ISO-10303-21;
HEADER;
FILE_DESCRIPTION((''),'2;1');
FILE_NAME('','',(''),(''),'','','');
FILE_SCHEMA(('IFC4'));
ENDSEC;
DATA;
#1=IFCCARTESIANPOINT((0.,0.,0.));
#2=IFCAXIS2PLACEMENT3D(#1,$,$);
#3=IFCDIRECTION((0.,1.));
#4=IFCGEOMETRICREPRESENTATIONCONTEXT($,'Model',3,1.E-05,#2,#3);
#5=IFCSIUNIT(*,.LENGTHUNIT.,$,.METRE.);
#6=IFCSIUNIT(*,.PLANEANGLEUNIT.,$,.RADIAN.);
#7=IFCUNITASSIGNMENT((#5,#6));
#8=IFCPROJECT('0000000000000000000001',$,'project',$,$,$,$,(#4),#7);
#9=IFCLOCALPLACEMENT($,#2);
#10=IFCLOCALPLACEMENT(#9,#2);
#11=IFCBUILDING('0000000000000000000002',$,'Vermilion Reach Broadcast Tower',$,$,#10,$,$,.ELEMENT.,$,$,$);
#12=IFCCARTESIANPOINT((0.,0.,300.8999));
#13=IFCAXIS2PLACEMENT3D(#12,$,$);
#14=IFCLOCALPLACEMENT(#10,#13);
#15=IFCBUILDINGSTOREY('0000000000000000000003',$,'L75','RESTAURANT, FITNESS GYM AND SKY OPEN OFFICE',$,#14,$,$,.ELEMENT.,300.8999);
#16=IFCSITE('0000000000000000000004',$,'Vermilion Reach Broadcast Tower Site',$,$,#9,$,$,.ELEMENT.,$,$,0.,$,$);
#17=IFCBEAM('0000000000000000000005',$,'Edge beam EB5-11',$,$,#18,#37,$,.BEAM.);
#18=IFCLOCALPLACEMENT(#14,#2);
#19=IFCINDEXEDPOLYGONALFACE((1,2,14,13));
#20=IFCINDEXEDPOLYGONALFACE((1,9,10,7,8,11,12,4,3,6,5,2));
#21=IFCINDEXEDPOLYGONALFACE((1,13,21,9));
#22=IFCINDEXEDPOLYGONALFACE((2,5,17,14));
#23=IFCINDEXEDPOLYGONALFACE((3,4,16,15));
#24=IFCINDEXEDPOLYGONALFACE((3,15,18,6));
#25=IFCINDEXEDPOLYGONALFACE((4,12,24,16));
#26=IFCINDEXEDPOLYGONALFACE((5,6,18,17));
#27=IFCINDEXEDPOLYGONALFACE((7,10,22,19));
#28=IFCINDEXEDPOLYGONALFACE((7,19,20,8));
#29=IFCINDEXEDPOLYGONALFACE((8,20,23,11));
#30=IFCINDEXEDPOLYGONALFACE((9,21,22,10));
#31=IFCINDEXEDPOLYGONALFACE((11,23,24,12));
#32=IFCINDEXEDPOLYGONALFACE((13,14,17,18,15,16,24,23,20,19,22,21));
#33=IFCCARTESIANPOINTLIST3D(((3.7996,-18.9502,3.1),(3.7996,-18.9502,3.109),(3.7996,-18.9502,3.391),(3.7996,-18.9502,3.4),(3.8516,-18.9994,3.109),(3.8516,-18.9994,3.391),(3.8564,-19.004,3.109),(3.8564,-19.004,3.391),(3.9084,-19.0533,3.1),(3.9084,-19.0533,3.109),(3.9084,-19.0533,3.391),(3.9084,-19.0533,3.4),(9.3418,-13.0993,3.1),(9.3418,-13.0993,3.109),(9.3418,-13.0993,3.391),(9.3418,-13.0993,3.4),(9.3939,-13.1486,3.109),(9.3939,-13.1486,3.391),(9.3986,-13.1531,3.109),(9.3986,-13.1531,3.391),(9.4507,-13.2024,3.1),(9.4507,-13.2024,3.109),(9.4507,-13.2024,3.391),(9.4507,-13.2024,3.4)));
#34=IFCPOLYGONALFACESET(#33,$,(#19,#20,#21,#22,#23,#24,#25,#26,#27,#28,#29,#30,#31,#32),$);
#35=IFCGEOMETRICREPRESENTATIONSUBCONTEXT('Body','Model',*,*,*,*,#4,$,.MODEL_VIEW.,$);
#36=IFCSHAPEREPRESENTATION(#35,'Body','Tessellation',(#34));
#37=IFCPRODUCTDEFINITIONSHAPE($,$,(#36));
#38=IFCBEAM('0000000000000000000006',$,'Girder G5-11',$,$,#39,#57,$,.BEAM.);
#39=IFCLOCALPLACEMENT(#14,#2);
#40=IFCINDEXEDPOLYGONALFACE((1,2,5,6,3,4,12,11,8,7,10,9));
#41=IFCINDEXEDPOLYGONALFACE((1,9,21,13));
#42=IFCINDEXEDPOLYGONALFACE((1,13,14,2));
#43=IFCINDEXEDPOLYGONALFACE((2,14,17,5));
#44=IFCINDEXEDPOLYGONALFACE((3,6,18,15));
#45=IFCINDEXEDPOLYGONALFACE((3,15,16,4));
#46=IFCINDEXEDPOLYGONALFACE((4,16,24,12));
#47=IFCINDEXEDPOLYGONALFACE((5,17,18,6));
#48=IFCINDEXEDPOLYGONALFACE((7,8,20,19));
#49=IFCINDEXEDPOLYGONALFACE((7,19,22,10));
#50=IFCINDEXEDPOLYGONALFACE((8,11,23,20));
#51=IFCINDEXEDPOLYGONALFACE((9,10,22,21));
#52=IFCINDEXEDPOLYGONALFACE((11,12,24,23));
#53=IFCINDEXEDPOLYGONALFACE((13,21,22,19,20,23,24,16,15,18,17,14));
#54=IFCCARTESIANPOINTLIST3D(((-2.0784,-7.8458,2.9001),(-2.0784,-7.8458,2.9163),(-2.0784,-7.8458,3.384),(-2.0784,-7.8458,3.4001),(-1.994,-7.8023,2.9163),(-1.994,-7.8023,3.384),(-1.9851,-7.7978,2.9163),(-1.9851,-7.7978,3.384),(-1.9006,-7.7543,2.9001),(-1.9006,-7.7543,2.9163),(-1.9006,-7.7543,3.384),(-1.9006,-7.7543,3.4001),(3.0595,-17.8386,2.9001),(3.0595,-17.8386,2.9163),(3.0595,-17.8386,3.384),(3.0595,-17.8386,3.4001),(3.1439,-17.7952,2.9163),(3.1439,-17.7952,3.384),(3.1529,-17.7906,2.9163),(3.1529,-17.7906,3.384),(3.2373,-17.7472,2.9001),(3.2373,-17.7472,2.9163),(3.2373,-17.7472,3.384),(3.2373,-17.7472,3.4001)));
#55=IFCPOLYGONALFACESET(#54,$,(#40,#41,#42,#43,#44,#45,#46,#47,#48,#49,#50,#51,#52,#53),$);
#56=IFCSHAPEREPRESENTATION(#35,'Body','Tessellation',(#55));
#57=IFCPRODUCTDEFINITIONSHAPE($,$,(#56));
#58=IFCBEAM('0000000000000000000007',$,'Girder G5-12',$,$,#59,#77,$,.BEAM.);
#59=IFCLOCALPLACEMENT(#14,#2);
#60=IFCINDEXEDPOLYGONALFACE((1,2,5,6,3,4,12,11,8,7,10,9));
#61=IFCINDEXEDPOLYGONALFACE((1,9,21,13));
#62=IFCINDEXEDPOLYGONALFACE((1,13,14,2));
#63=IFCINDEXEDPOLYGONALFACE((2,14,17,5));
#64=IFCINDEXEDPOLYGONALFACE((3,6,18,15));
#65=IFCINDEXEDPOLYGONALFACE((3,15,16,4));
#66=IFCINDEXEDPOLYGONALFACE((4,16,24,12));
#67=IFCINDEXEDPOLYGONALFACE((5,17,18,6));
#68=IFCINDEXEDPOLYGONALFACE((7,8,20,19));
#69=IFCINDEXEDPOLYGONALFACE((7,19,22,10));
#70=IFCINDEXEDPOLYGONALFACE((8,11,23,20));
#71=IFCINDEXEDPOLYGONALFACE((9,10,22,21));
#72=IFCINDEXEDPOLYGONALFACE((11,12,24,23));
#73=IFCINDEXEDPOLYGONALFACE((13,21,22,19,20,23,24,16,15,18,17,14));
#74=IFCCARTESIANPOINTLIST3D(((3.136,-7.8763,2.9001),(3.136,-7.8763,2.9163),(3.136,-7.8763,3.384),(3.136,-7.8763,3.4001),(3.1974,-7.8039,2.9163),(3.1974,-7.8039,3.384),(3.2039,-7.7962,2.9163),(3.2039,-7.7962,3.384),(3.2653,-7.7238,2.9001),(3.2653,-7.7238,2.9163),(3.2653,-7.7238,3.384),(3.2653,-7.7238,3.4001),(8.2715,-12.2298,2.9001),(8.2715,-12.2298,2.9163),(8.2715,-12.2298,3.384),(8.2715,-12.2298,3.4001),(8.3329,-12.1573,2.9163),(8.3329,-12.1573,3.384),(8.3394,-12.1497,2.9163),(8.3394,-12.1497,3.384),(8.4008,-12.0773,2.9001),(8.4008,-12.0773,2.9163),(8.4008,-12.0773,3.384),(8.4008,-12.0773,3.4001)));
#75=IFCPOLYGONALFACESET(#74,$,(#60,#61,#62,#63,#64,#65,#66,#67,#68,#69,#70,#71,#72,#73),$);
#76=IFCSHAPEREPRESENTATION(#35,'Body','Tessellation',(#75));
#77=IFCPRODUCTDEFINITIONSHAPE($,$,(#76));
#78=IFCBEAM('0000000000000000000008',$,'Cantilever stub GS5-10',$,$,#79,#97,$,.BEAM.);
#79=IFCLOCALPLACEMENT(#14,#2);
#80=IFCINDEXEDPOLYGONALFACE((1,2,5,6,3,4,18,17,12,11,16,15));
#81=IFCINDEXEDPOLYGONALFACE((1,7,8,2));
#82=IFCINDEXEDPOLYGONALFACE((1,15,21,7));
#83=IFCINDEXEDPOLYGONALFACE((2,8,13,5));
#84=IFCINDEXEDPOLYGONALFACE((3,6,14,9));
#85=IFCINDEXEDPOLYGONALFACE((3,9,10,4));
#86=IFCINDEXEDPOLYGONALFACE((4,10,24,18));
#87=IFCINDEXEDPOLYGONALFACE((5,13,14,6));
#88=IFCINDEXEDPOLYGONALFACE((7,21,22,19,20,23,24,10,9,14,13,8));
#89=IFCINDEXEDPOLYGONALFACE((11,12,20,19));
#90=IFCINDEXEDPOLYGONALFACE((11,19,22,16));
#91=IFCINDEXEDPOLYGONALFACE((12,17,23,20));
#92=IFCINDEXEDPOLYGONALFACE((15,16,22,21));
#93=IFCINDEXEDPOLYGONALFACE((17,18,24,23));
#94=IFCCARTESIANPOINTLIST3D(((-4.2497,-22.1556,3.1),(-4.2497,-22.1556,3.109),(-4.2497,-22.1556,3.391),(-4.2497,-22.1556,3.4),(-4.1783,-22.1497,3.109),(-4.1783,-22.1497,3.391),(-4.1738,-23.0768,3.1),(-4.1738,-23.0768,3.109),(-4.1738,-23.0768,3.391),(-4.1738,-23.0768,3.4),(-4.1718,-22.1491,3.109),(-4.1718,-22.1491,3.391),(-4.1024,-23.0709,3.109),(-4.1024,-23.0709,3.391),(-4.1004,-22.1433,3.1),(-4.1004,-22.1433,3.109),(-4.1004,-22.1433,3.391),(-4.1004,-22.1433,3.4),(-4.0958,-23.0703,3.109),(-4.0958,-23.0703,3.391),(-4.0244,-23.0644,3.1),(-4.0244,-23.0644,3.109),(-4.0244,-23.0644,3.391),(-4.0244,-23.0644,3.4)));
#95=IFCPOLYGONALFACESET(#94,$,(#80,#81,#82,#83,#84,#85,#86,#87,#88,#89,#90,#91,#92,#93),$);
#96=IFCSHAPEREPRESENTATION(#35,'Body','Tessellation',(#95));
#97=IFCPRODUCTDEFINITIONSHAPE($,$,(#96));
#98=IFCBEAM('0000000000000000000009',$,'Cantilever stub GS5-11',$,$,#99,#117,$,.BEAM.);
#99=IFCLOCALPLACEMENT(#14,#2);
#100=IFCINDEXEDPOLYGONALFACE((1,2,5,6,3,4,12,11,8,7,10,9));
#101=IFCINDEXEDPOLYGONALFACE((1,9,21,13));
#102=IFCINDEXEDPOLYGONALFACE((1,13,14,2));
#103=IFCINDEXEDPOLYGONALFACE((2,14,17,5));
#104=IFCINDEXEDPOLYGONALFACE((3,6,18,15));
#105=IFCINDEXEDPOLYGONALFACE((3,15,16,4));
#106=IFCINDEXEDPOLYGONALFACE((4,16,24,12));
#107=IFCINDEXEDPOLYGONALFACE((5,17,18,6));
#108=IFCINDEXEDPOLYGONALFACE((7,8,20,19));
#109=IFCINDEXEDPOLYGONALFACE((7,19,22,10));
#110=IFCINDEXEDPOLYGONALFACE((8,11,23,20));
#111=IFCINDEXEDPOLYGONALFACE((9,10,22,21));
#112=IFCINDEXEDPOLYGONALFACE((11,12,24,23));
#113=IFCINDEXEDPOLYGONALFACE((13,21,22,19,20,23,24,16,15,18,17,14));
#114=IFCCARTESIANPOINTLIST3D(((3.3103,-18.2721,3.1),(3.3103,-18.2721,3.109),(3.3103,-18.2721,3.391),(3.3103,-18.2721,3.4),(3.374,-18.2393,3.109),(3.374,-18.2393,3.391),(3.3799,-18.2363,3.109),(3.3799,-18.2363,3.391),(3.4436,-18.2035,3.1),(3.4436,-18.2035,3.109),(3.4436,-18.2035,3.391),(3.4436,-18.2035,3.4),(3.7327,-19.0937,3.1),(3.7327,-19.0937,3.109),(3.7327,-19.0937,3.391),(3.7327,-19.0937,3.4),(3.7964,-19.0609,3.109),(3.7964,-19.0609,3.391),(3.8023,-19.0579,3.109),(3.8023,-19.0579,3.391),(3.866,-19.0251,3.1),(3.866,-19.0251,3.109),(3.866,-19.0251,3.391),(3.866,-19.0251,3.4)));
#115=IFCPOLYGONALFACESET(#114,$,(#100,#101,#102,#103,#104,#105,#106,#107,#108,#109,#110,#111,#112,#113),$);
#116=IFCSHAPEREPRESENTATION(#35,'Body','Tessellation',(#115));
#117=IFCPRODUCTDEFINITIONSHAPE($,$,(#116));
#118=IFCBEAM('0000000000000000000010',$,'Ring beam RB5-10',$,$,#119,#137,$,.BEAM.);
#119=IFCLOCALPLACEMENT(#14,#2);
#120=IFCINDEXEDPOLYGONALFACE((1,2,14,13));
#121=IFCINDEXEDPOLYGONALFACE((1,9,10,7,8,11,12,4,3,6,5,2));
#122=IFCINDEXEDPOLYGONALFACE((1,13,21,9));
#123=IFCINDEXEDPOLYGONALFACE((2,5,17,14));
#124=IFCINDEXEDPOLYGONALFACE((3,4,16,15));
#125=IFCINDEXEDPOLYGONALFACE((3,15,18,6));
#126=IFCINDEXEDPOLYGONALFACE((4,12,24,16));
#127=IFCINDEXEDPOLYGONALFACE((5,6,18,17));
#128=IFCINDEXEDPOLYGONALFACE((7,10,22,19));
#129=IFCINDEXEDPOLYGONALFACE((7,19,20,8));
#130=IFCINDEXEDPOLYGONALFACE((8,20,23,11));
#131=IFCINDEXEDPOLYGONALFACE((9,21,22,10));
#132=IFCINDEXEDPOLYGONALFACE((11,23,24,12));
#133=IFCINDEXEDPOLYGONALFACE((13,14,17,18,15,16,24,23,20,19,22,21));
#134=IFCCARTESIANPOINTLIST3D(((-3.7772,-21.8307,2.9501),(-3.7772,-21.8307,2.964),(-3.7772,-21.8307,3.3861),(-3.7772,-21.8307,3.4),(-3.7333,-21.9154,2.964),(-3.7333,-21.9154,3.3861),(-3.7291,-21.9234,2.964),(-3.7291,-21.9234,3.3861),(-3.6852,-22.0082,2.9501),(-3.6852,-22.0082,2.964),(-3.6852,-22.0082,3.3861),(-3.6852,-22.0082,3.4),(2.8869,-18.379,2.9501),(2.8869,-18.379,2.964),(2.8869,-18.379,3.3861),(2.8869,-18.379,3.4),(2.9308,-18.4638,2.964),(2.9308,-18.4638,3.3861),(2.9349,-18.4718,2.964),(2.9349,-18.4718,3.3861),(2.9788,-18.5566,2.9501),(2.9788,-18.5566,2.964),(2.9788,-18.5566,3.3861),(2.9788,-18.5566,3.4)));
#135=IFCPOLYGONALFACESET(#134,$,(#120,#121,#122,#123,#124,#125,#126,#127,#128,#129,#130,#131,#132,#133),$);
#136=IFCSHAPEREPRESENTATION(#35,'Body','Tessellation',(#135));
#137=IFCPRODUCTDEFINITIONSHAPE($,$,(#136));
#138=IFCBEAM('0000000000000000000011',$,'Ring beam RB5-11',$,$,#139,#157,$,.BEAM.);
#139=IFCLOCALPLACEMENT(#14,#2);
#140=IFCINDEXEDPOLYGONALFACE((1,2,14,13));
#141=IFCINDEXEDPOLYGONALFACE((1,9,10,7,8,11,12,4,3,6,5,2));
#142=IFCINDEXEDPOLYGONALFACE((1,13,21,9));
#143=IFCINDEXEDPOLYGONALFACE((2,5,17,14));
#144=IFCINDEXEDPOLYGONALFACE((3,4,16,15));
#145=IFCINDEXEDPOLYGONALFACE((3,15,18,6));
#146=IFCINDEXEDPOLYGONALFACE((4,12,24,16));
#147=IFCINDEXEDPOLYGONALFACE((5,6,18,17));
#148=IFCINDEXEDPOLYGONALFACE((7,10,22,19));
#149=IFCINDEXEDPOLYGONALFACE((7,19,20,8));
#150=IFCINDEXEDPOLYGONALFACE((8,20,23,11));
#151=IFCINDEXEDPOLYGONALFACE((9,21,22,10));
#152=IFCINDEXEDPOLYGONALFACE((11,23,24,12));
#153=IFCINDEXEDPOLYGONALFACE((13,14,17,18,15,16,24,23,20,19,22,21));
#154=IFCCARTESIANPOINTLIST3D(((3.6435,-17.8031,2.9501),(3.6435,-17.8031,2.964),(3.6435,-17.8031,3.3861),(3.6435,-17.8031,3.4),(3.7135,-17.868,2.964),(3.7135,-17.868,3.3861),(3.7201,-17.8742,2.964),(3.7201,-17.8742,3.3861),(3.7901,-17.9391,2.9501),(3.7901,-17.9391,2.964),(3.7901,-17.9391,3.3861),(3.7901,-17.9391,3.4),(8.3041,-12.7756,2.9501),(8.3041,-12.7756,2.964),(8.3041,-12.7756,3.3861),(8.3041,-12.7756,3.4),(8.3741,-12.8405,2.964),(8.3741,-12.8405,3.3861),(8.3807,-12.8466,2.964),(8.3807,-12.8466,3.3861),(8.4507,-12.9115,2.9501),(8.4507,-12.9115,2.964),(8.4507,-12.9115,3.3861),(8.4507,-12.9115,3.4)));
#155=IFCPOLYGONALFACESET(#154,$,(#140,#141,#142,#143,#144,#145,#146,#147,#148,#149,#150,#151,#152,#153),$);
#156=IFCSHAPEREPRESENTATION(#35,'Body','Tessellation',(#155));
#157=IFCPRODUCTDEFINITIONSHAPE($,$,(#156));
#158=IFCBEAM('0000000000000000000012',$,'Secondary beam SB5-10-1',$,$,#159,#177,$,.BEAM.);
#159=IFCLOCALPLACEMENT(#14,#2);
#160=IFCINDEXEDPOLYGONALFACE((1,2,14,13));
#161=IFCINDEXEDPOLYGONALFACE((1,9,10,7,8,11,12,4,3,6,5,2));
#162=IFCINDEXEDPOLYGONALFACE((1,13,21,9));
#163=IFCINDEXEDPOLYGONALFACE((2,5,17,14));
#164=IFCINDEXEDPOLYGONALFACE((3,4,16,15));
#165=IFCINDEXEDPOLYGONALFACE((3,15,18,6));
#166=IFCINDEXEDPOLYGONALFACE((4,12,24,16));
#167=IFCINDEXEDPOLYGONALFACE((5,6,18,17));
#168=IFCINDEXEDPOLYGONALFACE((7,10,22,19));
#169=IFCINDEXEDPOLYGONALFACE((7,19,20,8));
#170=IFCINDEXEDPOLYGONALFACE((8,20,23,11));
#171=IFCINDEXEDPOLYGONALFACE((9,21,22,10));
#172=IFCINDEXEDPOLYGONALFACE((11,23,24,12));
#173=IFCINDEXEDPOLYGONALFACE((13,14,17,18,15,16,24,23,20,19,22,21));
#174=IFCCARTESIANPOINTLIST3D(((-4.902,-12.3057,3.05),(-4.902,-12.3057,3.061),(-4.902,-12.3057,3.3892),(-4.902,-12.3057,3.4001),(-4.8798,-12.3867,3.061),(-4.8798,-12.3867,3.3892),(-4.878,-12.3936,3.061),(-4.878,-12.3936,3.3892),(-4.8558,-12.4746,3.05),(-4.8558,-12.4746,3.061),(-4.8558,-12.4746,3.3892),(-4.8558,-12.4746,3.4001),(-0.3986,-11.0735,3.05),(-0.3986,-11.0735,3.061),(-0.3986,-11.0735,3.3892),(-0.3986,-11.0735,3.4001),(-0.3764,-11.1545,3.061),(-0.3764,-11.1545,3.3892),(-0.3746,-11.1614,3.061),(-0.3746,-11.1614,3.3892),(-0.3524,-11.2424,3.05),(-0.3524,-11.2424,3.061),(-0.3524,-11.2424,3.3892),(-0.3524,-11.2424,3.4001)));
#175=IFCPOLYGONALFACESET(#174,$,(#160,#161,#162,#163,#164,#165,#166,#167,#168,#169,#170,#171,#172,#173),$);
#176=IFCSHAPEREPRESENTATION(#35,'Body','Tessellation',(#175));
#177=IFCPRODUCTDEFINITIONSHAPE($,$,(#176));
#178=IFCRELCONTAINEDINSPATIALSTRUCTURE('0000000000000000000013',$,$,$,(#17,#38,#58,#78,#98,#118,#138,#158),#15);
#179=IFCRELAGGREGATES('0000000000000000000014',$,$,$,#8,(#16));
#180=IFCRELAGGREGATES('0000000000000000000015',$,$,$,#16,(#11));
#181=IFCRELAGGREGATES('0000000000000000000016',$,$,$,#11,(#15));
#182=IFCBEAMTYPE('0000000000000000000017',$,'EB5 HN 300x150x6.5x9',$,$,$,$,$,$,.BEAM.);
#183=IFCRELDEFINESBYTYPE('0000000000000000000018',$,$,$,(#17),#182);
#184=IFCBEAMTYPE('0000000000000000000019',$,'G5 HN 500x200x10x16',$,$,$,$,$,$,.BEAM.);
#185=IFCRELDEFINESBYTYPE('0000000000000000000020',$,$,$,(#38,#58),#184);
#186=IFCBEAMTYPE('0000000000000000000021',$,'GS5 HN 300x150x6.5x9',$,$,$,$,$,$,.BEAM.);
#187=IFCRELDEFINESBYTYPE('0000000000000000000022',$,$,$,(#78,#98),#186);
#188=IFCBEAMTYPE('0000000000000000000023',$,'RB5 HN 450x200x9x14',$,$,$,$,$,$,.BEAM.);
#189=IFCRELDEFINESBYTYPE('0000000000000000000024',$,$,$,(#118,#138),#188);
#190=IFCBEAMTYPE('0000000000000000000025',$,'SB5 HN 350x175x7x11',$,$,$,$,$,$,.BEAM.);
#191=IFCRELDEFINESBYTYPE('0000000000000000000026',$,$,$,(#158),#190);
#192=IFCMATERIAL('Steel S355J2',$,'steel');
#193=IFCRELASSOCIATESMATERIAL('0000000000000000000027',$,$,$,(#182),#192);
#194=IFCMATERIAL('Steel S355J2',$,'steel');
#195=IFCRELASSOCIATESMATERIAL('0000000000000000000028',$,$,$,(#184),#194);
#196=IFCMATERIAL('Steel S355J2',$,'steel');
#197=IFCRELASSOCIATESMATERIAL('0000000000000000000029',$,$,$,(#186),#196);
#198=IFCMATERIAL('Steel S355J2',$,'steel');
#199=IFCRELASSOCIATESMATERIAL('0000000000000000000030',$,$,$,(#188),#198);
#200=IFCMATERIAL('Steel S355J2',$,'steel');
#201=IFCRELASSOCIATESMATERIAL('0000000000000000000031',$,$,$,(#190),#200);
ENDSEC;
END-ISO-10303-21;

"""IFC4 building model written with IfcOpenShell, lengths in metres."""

from ifc_helpers import new_model, si_unit, direction, frame, origin, origin_2d, place, context, subcontext, project, spatial, i_section, extrude, material, material_profile, profile_set, type_object, element, save


model = new_model("IFC4")

# Units and contexts
model_context = context("Model", 3, precision=1e-05, world=origin(), true_north=direction((0.0, 1.0)))
body_context = subcontext(model_context, "Body", "Model", "MODEL_VIEW")
ifc_project = project(units=[si_unit("LENGTHUNIT", "METRE"), si_unit("PLANEANGLEUNIT", "RADIAN")], contexts=[model_context])

# Site, building, storey
site_placement = place(None, origin())
site = spatial("IfcSite", under=ifc_project, at=site_placement, Name="Vermilion Reach Broadcast Tower Site", CompositionType="ELEMENT", RefElevation=0.0)
building_placement = place(site_placement, origin())
building = spatial("IfcBuilding", under=site, at=building_placement, Name="Vermilion Reach Broadcast Tower", CompositionType="ELEMENT")
storey_placement = place(building_placement, frame((0.0, 0.0, 300.8999)))
storey = spatial("IfcBuildingStorey", under=building, at=storey_placement, Name="L75", Description="RESTAURANT, FITNESS GYM AND SKY OPEN OFFICE", CompositionType="ELEMENT", Elevation=300.8999)

# Beams
ifc_material_1 = material(Name="Steel S355J2", Category="steel")
ifc_material_profile_1 = material_profile(ifc_material_1, i_section(OverallWidth=0.1499, OverallDepth=0.3, WebThickness=0.0066, FlangeThickness=0.009, at=origin_2d()), Name="S355J2 HN 300x150x6.5x9")
ifc_profile_set_1 = profile_set([ifc_material_profile_1], Name="Steel S355J2")
beam_type_1 = type_object("IfcBeamType", Name="EB5 HN 300x150x6.5x9", PredefinedType="BEAM", material=ifc_profile_set_1)
beam_1_placement = place(storey_placement, frame((3.854, -19.0017, 3.25), z_axis=(0.687702, 0.725993, 0.0), x_axis=(-0.725993, 0.687702, 0.0)))
element("IfcBeam", 1, at=beam_1_placement, inside=storey, type_object=beam_type_1, Name="Edge beam EB5-11", PredefinedType="BEAM", context=body_context, shape_type="SweptSolid", body=[
    extrude(i_section(OverallWidth=0.1499, OverallDepth=0.3, WebThickness=0.0066, FlangeThickness=0.009, at=origin_2d()), origin(), (0.0, 0.0, 1.0), 8.0591),
])
ifc_material_2 = material(Name="Steel S355J2", Category="steel")
ifc_material_profile_2 = material_profile(ifc_material_2, i_section(OverallWidth=0.2, OverallDepth=0.5, WebThickness=0.01, FlangeThickness=0.0161, at=origin_2d()), Name="S355J2 HN 500x200x10x16")
ifc_profile_set_2 = profile_set([ifc_material_profile_2], Name="Steel S355J2")
beam_type_2 = type_object("IfcBeamType", Name="G5 HN 500x200x10x16", PredefinedType="BEAM", material=ifc_profile_set_2)
beam_2_placement = place(storey_placement, frame((-1.9895, -7.8, 3.1501), z_axis=(0.457258, -0.889334, 0.0), x_axis=(0.889334, 0.457258, 0.0)))
element("IfcBeam", 2, at=beam_2_placement, inside=storey, type_object=beam_type_2, Name="Girder G5-11", PredefinedType="BEAM", context=body_context, shape_type="SweptSolid", body=[
    extrude(i_section(OverallWidth=0.2, OverallDepth=0.5, WebThickness=0.01, FlangeThickness=0.0161, at=origin_2d()), origin(), (0.0, 0.0, 1.0), 11.2363),
])
beam_3_placement = place(storey_placement, frame((3.2007, -7.8, 3.1501), z_axis=(0.762793, -0.646643, 0.0), x_axis=(0.646643, 0.762793, 0.0)))
element("IfcBeam", 3, at=beam_3_placement, inside=storey, type_object=beam_type_2, Name="Girder G5-12", PredefinedType="BEAM", context=body_context, shape_type="SweptSolid", body=[
    extrude(i_section(OverallWidth=0.2, OverallDepth=0.5, WebThickness=0.01, FlangeThickness=0.0161, at=origin_2d()), origin(), (0.0, 0.0, 1.0), 6.7324),
])
ifc_material_3 = material(Name="Steel S355J2", Category="steel")
ifc_material_profile_3 = material_profile(ifc_material_3, i_section(OverallWidth=0.1499, OverallDepth=0.3, WebThickness=0.0066, FlangeThickness=0.009, at=origin_2d()), Name="S355J2 HN 300x150x6.5x9")
ifc_profile_set_3 = profile_set([ifc_material_profile_3], Name="Steel S355J2")
beam_type_3 = type_object("IfcBeamType", Name="GS5 HN 300x150x6.5x9", PredefinedType="BEAM", material=ifc_profile_set_3)
beam_4_placement = place(storey_placement, frame((-4.175, -22.1494, 3.25), z_axis=(0.082149, -0.99662, 0.0), x_axis=(0.99662, 0.082149, 0.0)))
element("IfcBeam", 4, at=beam_4_placement, inside=storey, type_object=beam_type_3, Name="Cantilever stub GS5-10", PredefinedType="BEAM", context=body_context, shape_type="SweptSolid", body=[
    extrude(i_section(OverallWidth=0.1499, OverallDepth=0.3, WebThickness=0.0066, FlangeThickness=0.009, at=origin_2d()), origin(), (0.0, 0.0, 1.0), 0.9243),
])
beam_5_placement = place(storey_placement, frame((3.377, -18.2378, 3.25), z_axis=(0.457229, -0.889349, 0.0), x_axis=(0.889349, 0.457229, 0.0)))
element("IfcBeam", 5, at=beam_5_placement, inside=storey, type_object=beam_type_3, Name="Cantilever stub GS5-11", PredefinedType="BEAM", context=body_context, shape_type="SweptSolid", body=[
    extrude(i_section(OverallWidth=0.1499, OverallDepth=0.3, WebThickness=0.0066, FlangeThickness=0.009, at=origin_2d()), origin(), (0.0, 0.0, 1.0), 0.9238),
])
ifc_material_4 = material(Name="Steel S355J2", Category="steel")
ifc_material_profile_4 = material_profile(ifc_material_4, i_section(OverallWidth=0.2, OverallDepth=0.45, WebThickness=0.009, FlangeThickness=0.0139, at=origin_2d()), Name="S355J2 HN 450x200x9x14")
ifc_profile_set_4 = profile_set([ifc_material_profile_4], Name="Steel S355J2")
beam_type_4 = type_object("IfcBeamType", Name="RB5 HN 450x200x9x14", PredefinedType="BEAM", material=ifc_profile_set_4)
beam_6_placement = place(storey_placement, frame((-3.7312, -21.9194, 3.175), z_axis=(0.88796, 0.45992, 0.0), x_axis=(-0.45992, 0.88796, 0.0)))
element("IfcBeam", 6, at=beam_6_placement, inside=storey, type_object=beam_type_4, Name="Ring beam RB5-10", PredefinedType="BEAM", context=body_context, shape_type="SweptSolid", body=[
    extrude(i_section(OverallWidth=0.2, OverallDepth=0.45, WebThickness=0.009, FlangeThickness=0.0139, at=origin_2d()), origin(), (0.0, 0.0, 1.0), 7.5049),
])
beam_7_placement = place(storey_placement, frame((3.7168, -17.8711, 3.175), z_axis=(0.679838, 0.733363, 0.0), x_axis=(-0.733363, 0.679838, 0.0)))
element("IfcBeam", 7, at=beam_7_placement, inside=storey, type_object=beam_type_4, Name="Ring beam RB5-11", PredefinedType="BEAM", context=body_context, shape_type="SweptSolid", body=[
    extrude(i_section(OverallWidth=0.2, OverallDepth=0.45, WebThickness=0.009, FlangeThickness=0.0139, at=origin_2d()), origin(), (0.0, 0.0, 1.0), 6.8555),
])
ifc_material_5 = material(Name="Steel S355J2", Category="steel")
ifc_material_profile_5 = material_profile(ifc_material_5, i_section(OverallWidth=0.175, OverallDepth=0.3501, WebThickness=0.0071, FlangeThickness=0.011, at=origin_2d()), Name="S355J2 HN 350x175x7x11")
ifc_profile_set_5 = profile_set([ifc_material_profile_5], Name="Steel S355J2")
beam_type_5 = type_object("IfcBeamType", Name="SB5 HN 350x175x7x11", PredefinedType="BEAM", material=ifc_profile_set_5)
beam_8_placement = place(storey_placement, frame((-4.8789, -12.3901, 3.2251), z_axis=(0.964547, 0.263909, 0.0), x_axis=(-0.263909, 0.964547, 0.0)))
element("IfcBeam", 8, at=beam_8_placement, inside=storey, type_object=beam_type_5, Name="Secondary beam SB5-10-1", PredefinedType="BEAM", context=body_context, shape_type="SweptSolid", body=[
    extrude(i_section(OverallWidth=0.175, OverallDepth=0.3501, WebThickness=0.0071, FlangeThickness=0.011, at=origin_2d()), origin(), (0.0, 0.0, 1.0), 4.6689),
])

save(model, "model.ifc")
